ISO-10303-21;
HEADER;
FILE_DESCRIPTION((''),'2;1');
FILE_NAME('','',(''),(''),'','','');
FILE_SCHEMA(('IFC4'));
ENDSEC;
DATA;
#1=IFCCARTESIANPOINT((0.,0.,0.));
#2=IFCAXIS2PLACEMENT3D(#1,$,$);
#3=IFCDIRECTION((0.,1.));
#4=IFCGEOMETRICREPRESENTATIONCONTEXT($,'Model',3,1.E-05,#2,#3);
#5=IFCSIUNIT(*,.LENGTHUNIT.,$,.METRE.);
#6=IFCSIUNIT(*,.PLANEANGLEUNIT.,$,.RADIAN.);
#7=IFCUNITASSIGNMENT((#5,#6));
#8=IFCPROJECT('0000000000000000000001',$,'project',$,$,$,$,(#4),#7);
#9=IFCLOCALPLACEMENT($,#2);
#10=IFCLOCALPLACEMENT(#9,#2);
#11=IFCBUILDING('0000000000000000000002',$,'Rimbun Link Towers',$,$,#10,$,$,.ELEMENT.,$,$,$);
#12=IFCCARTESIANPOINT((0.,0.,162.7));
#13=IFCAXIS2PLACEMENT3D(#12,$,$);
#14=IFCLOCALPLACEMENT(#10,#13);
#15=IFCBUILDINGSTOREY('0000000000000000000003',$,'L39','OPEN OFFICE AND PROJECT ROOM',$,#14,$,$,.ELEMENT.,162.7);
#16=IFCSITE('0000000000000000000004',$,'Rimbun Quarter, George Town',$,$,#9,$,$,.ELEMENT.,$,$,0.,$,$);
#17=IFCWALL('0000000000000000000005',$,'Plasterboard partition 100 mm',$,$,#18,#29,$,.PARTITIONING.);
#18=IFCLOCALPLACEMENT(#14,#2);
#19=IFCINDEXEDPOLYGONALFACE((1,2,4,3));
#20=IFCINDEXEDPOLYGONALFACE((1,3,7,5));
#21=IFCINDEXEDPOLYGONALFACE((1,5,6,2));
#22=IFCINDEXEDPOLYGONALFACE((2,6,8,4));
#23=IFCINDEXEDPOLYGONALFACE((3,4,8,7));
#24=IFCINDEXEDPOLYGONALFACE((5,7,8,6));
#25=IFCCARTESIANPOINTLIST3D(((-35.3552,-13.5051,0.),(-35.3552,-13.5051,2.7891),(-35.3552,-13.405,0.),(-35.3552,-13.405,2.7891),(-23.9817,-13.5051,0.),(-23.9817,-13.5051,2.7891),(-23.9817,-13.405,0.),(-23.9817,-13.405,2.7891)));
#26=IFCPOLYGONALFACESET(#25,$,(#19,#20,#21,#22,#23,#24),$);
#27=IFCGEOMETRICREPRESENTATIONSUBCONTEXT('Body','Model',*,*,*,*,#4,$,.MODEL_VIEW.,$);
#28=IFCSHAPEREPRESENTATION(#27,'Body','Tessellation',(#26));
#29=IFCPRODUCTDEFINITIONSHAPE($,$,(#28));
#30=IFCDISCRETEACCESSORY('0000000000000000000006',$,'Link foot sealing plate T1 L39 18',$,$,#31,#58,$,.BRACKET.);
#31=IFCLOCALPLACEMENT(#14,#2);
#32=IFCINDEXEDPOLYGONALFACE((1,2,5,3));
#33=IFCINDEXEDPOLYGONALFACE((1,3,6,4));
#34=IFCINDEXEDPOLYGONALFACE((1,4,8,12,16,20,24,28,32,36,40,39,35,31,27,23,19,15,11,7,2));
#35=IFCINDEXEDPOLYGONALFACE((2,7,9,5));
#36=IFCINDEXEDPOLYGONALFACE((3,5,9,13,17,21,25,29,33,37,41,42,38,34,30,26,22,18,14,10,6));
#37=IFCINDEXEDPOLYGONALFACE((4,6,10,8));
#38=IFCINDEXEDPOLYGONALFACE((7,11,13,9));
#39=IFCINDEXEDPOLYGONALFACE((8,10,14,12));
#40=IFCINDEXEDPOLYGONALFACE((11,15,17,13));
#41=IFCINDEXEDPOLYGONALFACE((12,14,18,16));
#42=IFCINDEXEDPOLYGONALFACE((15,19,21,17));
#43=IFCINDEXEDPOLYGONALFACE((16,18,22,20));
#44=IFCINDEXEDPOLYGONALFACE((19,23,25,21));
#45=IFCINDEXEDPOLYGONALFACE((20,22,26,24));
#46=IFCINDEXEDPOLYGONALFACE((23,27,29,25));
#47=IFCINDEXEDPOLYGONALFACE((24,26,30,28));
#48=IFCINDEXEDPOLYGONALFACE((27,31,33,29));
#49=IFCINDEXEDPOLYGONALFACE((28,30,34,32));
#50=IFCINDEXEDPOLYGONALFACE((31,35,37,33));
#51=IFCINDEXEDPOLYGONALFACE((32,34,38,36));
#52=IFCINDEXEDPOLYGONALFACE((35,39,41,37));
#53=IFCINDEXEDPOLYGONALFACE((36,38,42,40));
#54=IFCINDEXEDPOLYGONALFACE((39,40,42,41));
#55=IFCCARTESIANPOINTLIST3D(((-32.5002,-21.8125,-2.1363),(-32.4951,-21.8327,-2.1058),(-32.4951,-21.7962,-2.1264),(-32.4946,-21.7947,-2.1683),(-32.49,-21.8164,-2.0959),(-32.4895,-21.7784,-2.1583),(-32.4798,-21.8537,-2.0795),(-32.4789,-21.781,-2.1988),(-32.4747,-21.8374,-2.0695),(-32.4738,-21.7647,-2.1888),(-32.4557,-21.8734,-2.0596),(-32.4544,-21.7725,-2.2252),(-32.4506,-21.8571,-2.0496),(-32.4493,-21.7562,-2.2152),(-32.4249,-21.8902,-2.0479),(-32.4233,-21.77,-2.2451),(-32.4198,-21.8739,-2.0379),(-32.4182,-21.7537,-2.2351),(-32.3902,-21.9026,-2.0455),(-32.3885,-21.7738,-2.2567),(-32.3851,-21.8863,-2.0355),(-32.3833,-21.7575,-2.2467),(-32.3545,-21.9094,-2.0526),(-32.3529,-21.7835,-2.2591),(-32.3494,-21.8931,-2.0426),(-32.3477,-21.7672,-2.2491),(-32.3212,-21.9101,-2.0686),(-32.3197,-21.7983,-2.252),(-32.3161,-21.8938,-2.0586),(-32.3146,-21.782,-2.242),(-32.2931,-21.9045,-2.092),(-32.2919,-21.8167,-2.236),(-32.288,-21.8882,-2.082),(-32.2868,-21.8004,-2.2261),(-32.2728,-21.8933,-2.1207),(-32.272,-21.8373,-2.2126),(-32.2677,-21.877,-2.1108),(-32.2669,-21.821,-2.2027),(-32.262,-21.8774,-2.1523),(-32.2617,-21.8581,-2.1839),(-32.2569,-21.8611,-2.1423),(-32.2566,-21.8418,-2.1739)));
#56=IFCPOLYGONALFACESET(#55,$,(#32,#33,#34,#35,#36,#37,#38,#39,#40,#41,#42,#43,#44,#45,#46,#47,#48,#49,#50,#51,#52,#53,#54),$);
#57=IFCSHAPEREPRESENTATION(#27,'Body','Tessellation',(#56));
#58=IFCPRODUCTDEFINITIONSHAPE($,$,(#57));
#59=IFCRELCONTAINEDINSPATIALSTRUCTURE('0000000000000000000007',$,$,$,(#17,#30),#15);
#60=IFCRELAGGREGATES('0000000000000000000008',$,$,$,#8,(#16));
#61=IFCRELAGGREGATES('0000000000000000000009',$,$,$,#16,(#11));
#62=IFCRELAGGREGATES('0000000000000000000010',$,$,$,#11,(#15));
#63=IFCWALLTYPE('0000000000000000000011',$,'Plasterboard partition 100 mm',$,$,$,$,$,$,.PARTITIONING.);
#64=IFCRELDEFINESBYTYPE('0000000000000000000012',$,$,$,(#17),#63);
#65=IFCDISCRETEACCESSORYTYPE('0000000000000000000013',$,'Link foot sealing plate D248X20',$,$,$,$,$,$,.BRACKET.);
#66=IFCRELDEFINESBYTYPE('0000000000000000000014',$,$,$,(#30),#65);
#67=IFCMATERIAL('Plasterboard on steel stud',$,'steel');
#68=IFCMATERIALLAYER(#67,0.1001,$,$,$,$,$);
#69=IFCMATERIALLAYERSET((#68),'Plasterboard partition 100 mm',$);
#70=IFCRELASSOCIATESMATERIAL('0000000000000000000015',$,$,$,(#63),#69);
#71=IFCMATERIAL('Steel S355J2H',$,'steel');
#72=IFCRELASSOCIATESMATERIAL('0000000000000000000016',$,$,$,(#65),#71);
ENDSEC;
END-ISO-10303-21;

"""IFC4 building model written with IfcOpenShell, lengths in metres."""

from ifc_helpers import new_model, si_unit, direction, frame, frame_2d, origin, origin_2d, place, context, subcontext, project, spatial, rectangle, circle, extrude, material, layer, layer_set, material_profile, profile_set, type_object, element, save


model = new_model("IFC4")

# Units and contexts
model_context = context("Model", 3, precision=1e-05, world=origin(), true_north=direction((0.0, 1.0)))
body_context = subcontext(model_context, "Body", "Model", "MODEL_VIEW")
ifc_project = project(units=[si_unit("LENGTHUNIT", "METRE"), si_unit("PLANEANGLEUNIT", "RADIAN")], contexts=[model_context])

# Site, building, storey
site_placement = place(None, origin())
site = spatial("IfcSite", under=ifc_project, at=site_placement, Name="Rimbun Quarter, George Town", CompositionType="ELEMENT", RefElevation=0.0)
building_placement = place(site_placement, origin())
building = spatial("IfcBuilding", under=site, at=building_placement, Name="Rimbun Link Towers", CompositionType="ELEMENT")
storey_placement = place(building_placement, frame((0.0, 0.0, 162.7)))
storey = spatial("IfcBuildingStorey", under=building, at=storey_placement, Name="L39", Description="OPEN OFFICE AND PROJECT ROOM", CompositionType="ELEMENT", Elevation=162.7)

# Shared definitions
ifc_material_1 = material(Name="Plasterboard on steel stud", Category="steel")
ifc_layer_1 = layer(ifc_material_1, 0.1001)
ifc_layer_set_1 = layer_set([ifc_layer_1], Name="Plasterboard partition 100 mm")
wall_type = type_object("IfcWallType", Name="Plasterboard partition 100 mm", PredefinedType="PARTITIONING", material=ifc_layer_set_1)

# Wall
wall_1_placement = place(storey_placement, frame((-35.3552, -13.4551, 0.0), z_axis=(0.0, 0.0, 1.0), x_axis=(1.0, 0.0, 0.0)))
element("IfcWall", 1, at=wall_1_placement, inside=storey, type_object=wall_type, Name="Plasterboard partition 100 mm", PredefinedType="PARTITIONING", context=body_context, shape_type="SweptSolid", body=[
    extrude(rectangle(XDim=11.3735, YDim=0.1001, at=frame_2d((5.6868, 0.0))), origin(), (0.0, 0.0, 1.0), 2.7891),
])

# Discrete accessory
ifc_material_2 = material(Name="Steel S355J2H", Category="steel")
ifc_material_profile_1 = material_profile(ifc_material_2, circle(Radius=0.124, at=origin_2d()), Name="PL D248")
ifc_profile_set_1 = profile_set([ifc_material_profile_1], Name="Steel S355J2H")
discrete_accessory_type = type_object("IfcDiscreteAccessoryType", Name="Link foot sealing plate D248X20", PredefinedType="BRACKET", material=ifc_profile_set_1)
discrete_accessory_placement = place(storey_placement, frame((-32.3752, -21.824, -2.1423), z_axis=(-0.258277, -0.824027, -0.504255), x_axis=(0.954226, -0.299086, 0.0)))
element("IfcDiscreteAccessory", 2, at=discrete_accessory_placement, inside=storey, type_object=discrete_accessory_type, Name="Link foot sealing plate T1 L39 18", PredefinedType="BRACKET", context=body_context, shape_type="SweptSolid", body=[
    extrude(circle(Radius=0.124, at=origin_2d()), origin(), (0.0, 0.0, 1.0), 0.0198),
])

save(model, "model.ifc")
